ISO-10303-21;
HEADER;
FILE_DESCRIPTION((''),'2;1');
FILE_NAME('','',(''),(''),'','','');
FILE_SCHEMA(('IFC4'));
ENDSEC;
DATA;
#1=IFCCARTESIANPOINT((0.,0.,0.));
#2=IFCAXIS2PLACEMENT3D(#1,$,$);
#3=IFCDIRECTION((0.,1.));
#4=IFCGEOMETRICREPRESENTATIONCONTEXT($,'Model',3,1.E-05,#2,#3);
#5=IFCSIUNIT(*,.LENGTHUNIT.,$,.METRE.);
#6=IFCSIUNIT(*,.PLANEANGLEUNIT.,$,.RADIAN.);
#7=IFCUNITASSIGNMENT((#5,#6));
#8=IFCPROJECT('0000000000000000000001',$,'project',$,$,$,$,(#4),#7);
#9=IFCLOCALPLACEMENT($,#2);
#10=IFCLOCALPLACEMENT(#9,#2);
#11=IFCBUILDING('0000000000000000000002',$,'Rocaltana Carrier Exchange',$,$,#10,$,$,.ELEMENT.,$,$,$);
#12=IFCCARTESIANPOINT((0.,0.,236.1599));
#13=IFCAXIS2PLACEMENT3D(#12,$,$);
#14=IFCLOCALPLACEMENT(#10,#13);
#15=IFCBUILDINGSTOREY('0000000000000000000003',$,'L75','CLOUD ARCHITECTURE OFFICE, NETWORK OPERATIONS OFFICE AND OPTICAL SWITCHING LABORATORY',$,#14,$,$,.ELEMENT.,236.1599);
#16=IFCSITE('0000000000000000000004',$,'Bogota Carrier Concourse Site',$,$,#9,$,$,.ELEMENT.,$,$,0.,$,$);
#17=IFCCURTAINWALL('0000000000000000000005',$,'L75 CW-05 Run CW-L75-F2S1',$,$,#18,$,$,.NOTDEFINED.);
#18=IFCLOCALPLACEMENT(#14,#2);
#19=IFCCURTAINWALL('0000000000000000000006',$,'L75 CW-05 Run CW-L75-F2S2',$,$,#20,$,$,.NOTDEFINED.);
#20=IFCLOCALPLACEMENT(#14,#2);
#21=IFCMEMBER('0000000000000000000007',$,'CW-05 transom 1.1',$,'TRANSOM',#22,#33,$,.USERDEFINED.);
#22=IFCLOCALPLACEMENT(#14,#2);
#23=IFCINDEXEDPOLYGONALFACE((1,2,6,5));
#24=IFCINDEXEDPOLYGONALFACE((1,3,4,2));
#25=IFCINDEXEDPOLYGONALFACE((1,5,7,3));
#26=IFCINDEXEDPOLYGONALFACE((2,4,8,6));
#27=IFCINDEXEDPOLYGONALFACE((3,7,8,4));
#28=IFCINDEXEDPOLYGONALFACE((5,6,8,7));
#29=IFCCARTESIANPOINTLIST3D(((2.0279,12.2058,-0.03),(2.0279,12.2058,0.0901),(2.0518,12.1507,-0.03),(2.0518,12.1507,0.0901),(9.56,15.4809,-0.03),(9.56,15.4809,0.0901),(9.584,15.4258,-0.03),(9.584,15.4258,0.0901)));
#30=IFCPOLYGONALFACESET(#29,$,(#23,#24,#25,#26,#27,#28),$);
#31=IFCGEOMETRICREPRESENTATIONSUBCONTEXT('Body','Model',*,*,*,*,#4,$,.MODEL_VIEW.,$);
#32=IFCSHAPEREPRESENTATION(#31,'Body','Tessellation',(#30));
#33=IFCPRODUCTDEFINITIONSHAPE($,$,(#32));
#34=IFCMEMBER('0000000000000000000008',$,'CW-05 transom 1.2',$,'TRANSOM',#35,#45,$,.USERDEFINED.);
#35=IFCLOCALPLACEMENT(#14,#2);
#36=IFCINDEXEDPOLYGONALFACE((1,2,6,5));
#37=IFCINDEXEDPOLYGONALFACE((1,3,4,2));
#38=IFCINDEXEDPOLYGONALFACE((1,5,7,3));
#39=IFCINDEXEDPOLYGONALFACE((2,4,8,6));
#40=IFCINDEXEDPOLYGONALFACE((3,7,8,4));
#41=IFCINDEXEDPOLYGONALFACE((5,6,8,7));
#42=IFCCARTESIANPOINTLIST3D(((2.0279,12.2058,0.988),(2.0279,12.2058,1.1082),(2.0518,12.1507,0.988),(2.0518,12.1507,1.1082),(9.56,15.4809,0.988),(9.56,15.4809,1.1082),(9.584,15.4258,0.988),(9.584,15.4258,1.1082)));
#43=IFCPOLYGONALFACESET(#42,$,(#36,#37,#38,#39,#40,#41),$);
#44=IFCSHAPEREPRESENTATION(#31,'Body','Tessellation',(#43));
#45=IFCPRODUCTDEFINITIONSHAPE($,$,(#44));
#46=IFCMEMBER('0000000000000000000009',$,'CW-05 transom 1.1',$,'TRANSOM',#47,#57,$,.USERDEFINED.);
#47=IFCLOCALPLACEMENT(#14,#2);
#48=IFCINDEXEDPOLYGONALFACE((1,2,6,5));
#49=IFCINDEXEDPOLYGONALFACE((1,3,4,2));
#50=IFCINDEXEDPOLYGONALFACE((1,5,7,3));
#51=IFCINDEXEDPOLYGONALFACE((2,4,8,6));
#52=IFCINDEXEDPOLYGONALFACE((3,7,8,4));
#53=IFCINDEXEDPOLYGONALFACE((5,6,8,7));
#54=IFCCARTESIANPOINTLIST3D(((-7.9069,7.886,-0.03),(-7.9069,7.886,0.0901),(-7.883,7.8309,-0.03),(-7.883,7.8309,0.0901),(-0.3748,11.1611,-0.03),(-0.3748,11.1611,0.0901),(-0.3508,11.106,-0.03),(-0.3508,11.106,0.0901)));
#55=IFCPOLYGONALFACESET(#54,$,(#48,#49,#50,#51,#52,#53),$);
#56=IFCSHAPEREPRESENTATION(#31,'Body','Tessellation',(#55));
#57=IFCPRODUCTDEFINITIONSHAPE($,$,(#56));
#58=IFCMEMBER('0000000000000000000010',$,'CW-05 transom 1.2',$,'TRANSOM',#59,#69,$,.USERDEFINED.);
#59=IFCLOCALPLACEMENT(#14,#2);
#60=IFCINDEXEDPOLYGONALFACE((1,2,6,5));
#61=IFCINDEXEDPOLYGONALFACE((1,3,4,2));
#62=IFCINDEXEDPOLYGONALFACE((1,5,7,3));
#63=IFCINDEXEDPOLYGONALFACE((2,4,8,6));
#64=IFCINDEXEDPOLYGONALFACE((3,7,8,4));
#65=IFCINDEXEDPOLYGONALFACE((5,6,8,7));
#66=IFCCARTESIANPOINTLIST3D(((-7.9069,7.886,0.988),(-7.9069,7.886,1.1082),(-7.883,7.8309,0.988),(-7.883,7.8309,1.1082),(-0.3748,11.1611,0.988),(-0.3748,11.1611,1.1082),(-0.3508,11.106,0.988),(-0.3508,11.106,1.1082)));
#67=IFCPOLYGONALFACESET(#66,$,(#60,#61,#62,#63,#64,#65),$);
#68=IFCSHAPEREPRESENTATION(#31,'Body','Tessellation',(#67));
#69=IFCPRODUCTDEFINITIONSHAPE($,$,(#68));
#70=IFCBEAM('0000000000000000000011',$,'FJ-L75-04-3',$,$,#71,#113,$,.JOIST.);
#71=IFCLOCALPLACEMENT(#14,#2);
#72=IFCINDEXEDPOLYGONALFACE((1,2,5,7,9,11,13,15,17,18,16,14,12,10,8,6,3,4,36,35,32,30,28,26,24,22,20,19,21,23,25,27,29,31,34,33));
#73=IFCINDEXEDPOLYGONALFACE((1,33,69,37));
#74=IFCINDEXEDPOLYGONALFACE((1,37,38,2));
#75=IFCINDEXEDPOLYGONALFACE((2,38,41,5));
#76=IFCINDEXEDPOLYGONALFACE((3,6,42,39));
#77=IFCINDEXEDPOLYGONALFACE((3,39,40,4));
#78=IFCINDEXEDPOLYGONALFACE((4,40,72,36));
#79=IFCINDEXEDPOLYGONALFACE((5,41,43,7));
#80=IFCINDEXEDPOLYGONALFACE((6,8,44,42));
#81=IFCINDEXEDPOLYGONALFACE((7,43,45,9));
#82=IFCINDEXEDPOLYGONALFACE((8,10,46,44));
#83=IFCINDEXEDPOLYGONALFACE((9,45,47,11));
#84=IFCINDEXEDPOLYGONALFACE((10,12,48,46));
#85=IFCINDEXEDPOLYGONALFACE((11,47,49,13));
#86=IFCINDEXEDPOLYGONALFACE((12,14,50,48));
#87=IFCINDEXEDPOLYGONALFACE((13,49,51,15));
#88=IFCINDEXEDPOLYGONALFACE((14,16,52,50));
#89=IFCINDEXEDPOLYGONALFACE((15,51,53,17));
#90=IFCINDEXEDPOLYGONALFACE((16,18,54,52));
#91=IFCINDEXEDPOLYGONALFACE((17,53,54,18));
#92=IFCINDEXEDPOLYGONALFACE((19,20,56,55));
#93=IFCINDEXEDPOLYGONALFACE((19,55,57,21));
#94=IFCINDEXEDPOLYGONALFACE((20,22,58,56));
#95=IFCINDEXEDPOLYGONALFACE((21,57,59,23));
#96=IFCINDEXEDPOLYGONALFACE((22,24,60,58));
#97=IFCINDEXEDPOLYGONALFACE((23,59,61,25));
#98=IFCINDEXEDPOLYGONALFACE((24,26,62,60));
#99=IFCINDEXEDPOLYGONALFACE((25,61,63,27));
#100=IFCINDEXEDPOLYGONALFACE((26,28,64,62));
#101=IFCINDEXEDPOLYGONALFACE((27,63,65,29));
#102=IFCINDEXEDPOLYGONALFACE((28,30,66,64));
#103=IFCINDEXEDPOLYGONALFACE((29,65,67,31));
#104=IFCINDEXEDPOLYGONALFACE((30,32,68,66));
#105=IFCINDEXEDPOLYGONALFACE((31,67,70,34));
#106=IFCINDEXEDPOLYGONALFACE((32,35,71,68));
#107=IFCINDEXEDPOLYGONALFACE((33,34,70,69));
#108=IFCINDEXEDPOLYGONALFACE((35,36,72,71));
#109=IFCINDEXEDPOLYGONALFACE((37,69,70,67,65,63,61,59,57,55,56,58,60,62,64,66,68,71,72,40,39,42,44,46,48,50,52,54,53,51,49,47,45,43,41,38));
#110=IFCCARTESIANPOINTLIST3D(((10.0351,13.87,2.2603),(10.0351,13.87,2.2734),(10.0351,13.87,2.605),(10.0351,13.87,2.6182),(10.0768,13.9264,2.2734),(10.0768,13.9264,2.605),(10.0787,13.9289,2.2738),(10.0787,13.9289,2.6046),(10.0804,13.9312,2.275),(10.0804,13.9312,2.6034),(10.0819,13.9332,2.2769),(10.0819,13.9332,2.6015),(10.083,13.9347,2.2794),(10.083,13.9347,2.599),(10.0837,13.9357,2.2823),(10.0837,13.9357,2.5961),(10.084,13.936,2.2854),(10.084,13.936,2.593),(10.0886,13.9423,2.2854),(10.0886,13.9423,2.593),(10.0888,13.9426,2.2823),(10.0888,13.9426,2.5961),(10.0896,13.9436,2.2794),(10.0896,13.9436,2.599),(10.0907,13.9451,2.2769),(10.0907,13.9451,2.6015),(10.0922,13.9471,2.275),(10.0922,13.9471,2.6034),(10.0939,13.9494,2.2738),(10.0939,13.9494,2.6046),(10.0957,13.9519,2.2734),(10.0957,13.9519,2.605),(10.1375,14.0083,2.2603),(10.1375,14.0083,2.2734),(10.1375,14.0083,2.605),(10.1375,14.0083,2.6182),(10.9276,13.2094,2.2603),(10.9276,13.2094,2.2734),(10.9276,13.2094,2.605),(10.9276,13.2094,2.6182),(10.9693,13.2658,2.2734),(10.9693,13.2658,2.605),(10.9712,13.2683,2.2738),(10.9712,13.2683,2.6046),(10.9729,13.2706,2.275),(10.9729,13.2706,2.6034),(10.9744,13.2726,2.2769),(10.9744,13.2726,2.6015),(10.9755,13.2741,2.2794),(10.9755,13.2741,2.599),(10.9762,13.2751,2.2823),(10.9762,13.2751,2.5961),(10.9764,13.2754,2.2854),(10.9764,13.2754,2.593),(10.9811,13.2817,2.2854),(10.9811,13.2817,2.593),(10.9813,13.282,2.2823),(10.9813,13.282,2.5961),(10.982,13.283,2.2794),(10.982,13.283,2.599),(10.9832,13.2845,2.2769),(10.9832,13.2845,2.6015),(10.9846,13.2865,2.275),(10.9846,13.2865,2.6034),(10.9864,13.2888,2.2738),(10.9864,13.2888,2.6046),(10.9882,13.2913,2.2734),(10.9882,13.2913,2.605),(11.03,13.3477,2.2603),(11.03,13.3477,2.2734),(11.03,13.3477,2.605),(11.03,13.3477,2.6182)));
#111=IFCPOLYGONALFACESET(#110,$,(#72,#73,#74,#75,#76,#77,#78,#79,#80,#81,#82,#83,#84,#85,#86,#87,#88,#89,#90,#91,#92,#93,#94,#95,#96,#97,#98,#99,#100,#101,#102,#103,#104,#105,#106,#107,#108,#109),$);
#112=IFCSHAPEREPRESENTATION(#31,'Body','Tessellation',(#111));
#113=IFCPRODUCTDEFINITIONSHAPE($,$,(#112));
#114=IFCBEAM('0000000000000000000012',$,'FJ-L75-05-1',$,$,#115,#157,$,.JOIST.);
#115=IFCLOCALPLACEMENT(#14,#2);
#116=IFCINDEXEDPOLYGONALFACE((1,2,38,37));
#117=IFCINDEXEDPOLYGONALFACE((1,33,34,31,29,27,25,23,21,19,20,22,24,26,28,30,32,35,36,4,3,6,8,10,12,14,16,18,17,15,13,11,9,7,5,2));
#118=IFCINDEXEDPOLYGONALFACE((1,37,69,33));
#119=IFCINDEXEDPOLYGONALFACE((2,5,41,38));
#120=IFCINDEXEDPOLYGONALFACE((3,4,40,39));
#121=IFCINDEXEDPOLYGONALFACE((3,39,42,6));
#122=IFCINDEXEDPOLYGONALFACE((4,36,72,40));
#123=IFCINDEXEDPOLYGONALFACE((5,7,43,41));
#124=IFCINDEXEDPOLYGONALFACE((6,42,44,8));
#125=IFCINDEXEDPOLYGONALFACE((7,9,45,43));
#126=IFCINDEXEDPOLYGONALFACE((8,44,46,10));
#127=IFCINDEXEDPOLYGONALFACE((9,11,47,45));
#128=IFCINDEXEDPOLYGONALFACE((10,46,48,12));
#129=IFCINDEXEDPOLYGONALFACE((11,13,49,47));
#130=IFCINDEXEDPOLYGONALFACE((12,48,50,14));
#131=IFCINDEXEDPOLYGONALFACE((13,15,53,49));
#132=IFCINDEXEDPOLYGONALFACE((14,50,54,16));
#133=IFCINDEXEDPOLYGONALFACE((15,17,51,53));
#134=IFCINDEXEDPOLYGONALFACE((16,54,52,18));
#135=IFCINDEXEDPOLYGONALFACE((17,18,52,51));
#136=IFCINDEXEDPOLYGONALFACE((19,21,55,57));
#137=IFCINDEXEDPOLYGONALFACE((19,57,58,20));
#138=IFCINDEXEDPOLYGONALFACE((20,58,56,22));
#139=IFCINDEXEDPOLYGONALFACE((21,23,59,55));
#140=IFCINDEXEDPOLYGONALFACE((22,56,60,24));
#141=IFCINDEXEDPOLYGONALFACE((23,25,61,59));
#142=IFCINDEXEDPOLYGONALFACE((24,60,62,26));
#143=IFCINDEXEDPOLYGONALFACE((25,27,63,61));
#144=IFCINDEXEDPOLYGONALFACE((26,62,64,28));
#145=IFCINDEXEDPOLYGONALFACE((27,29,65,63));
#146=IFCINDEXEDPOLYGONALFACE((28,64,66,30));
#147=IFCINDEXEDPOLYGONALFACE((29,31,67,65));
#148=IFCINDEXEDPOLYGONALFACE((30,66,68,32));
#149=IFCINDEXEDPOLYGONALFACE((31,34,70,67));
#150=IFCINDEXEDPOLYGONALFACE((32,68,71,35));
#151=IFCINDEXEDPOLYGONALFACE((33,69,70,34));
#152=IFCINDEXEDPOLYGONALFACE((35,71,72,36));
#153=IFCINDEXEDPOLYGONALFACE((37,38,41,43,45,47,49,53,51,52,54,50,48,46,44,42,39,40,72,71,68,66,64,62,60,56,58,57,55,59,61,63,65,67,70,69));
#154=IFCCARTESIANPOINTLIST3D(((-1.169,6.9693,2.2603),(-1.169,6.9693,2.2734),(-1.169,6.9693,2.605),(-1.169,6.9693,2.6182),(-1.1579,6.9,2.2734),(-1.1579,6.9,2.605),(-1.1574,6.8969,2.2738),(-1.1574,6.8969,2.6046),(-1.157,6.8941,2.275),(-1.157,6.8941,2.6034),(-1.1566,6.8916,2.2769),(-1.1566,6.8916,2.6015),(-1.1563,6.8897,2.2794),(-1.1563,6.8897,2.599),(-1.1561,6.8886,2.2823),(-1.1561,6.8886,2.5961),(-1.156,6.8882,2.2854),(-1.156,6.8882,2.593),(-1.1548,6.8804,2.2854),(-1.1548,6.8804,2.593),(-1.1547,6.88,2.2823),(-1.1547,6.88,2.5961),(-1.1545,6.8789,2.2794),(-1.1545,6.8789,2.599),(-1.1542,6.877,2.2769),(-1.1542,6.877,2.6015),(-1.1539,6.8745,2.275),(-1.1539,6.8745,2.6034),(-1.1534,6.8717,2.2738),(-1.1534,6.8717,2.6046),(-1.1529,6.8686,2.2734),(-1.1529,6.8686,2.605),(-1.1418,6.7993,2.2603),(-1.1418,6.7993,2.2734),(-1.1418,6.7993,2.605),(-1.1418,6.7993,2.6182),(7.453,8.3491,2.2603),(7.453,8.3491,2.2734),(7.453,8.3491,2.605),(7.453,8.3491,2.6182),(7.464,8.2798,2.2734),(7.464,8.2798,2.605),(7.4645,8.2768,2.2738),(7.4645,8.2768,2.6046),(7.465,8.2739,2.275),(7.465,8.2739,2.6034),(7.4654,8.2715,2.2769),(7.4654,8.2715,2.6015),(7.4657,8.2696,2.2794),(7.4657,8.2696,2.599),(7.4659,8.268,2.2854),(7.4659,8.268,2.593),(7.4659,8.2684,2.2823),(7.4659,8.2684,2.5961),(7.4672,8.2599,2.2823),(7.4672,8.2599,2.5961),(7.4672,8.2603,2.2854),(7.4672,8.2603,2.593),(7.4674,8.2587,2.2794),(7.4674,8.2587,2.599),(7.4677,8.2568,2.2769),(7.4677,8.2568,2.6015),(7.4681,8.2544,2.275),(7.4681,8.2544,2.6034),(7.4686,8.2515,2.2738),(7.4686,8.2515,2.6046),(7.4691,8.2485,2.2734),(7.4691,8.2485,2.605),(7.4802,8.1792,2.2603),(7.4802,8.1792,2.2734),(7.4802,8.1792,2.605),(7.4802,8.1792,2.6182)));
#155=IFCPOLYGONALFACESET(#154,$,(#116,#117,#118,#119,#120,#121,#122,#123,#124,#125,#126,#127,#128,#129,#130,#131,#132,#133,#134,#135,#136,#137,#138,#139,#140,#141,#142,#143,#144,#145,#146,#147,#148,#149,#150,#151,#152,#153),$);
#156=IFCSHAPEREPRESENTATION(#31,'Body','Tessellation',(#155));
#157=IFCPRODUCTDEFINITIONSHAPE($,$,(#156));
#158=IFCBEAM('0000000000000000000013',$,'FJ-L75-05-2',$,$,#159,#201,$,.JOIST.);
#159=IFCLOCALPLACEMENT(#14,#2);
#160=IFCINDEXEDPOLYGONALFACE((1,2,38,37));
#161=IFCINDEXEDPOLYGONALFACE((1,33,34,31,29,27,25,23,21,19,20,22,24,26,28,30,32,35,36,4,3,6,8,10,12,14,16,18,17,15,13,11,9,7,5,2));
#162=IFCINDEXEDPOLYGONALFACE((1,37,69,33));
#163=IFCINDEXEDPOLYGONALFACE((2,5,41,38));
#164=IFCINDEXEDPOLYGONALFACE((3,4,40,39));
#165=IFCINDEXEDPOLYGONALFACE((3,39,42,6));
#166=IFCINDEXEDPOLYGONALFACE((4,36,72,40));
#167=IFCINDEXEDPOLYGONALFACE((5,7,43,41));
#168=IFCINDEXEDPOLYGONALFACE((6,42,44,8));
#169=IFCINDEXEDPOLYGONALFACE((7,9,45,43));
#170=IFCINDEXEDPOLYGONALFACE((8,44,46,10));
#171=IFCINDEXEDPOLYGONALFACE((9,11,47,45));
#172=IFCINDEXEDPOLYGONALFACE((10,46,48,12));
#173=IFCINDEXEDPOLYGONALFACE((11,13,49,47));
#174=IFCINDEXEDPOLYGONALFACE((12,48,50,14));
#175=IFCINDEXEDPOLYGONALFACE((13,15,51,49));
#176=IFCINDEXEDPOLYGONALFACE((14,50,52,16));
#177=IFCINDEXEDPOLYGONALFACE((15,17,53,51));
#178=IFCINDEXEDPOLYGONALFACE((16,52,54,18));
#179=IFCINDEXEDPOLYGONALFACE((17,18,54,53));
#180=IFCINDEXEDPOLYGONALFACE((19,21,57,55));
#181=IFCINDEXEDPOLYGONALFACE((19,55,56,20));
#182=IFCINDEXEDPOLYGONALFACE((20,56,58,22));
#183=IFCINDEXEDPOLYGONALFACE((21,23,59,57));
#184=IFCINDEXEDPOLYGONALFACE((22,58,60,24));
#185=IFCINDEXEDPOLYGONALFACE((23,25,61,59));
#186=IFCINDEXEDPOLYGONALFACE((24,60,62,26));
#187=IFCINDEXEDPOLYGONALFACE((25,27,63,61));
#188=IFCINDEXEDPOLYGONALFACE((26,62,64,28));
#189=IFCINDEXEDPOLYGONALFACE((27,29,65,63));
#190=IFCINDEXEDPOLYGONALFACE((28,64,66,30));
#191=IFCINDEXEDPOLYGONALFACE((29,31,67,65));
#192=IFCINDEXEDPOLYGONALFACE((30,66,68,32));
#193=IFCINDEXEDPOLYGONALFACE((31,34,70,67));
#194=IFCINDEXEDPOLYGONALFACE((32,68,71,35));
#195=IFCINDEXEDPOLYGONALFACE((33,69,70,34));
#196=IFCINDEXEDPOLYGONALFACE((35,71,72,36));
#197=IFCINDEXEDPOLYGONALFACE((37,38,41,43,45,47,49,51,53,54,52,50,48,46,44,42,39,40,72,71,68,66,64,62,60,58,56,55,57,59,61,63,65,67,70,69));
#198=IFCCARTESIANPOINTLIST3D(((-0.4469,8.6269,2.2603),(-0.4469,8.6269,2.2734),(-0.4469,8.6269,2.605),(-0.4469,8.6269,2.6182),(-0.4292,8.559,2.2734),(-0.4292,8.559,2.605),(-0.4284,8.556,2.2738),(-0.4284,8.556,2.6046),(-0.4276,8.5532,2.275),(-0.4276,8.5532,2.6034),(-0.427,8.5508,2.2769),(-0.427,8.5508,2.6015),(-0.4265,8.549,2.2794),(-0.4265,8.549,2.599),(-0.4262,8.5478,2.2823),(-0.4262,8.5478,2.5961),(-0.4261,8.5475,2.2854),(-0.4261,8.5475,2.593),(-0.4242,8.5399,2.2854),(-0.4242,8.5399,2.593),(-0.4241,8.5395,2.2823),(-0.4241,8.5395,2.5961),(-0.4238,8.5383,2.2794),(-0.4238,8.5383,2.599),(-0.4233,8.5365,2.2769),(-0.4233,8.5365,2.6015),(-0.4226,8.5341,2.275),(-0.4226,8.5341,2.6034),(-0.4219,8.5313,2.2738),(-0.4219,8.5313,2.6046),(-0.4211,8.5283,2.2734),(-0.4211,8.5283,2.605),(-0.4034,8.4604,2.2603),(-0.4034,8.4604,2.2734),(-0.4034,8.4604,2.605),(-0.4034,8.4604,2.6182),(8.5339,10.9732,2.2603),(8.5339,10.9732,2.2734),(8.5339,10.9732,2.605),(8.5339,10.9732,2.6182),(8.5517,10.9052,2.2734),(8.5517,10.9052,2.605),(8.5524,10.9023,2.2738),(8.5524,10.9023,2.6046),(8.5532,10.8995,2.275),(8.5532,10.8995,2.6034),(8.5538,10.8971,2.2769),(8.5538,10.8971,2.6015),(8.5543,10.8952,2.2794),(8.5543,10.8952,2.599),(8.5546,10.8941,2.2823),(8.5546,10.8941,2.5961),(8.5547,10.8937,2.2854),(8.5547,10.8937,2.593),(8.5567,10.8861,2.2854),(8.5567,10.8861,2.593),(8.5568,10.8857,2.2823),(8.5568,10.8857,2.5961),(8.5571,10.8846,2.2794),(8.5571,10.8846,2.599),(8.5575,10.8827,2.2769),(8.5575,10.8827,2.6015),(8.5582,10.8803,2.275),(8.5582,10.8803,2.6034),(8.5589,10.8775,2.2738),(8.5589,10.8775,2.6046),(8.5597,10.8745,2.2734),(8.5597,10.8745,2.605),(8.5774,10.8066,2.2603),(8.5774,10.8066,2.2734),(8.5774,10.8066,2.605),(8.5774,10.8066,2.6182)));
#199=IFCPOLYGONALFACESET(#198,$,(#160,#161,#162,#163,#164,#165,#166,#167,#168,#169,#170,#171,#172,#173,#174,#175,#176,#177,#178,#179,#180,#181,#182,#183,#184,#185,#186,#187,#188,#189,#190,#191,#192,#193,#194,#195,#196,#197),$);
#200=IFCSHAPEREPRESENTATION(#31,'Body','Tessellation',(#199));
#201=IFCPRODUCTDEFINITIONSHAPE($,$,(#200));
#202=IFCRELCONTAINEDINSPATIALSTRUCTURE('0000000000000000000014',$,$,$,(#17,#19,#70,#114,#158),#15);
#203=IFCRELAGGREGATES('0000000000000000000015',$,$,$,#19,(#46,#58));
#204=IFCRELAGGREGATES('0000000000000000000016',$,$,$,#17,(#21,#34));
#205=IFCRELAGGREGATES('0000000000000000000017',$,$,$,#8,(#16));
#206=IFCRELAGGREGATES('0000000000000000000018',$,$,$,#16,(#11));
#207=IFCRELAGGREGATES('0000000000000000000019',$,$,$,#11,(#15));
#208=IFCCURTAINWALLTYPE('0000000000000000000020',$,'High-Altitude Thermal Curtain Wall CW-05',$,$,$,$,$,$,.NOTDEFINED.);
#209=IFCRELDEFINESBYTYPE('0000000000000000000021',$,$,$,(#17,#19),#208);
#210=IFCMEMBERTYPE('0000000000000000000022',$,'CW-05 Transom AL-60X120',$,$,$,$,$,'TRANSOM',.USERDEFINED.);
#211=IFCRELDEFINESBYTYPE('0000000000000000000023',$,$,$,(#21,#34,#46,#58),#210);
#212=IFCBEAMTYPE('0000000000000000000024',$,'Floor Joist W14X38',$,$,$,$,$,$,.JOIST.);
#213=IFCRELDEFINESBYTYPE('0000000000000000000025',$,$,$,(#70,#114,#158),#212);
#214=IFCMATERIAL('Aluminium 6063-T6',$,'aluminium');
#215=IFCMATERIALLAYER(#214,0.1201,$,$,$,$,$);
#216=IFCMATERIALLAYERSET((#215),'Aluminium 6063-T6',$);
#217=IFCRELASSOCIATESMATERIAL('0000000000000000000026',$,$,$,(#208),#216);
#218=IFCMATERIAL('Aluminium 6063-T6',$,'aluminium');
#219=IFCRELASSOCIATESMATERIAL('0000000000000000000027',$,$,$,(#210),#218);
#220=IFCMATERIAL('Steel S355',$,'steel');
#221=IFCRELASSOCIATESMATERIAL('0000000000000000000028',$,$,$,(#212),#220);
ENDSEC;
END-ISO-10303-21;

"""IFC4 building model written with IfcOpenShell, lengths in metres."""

from ifc_helpers import new_model, si_unit, direction, frame, origin, origin_2d, place, context, subcontext, project, spatial, rectangle, i_section, extrude, material, layer, layer_set, material_profile, profile_set, type_object, element, aggregate, save


model = new_model("IFC4")

# Units and contexts
model_context = context("Model", 3, precision=1e-05, world=origin(), true_north=direction((0.0, 1.0)))
body_context = subcontext(model_context, "Body", "Model", "MODEL_VIEW")
ifc_project = project(units=[si_unit("LENGTHUNIT", "METRE"), si_unit("PLANEANGLEUNIT", "RADIAN")], contexts=[model_context])

# Site, building, storey
site_placement = place(None, origin())
site = spatial("IfcSite", under=ifc_project, at=site_placement, Name="Bogota Carrier Concourse Site", CompositionType="ELEMENT", RefElevation=0.0)
building_placement = place(site_placement, origin())
building = spatial("IfcBuilding", under=site, at=building_placement, Name="Rocaltana Carrier Exchange", CompositionType="ELEMENT")
storey_placement = place(building_placement, frame((0.0, 0.0, 236.1599)))
storey = spatial("IfcBuildingStorey", under=building, at=storey_placement, Name="L75", Description="CLOUD ARCHITECTURE OFFICE, NETWORK OPERATIONS OFFICE AND OPTICAL SWITCHING LABORATORY", CompositionType="ELEMENT", Elevation=236.1599)

# Shared definitions
ifc_material_1 = material(Name="Aluminium 6063-T6", Category="aluminium")
ifc_layer_1 = layer(ifc_material_1, 0.1201)
ifc_layer_set_1 = layer_set([ifc_layer_1], Name="Aluminium 6063-T6")
curtain_wall_type = type_object("IfcCurtainWallType", Name="High-Altitude Thermal Curtain Wall CW-05", PredefinedType="NOTDEFINED", material=ifc_layer_set_1)

# Curtain wall
curtain_wall_1_placement = place(storey_placement, origin())
curtain_wall_1 = element("IfcCurtainWall", 1, at=curtain_wall_1_placement, inside=storey, type_object=curtain_wall_type, Name="L75 CW-05 Run CW-L75-F2S1", PredefinedType="NOTDEFINED")

# Curtain wall
curtain_wall_2_placement = place(storey_placement, origin())
curtain_wall_2 = element("IfcCurtainWall", 2, at=curtain_wall_2_placement, inside=storey, type_object=curtain_wall_type, Name="L75 CW-05 Run CW-L75-F2S2", PredefinedType="NOTDEFINED")

# Members
ifc_material_2 = material(Name="Aluminium 6063-T6", Category="aluminium")
ifc_material_profile_1 = material_profile(ifc_material_2, rectangle(XDim=0.0601, YDim=0.1201, at=origin_2d()), Name="AL-60X120")
ifc_profile_set_1 = profile_set([ifc_material_profile_1], Name="Aluminium 6063-T6")
member_type_1 = type_object("IfcMemberType", Name="CW-05 Transom AL-60X120", ElementType="TRANSOM", PredefinedType="USERDEFINED", material=ifc_profile_set_1)
member_1_placement = place(storey_placement, frame((9.572, 15.4534, 0.03), z_axis=(-0.917058, -0.398753, 0.0), x_axis=(0.398753, -0.917058, 0.0)))
member_1 = element("IfcMember", 3, at=member_1_placement, type_object=member_type_1, Name="CW-05 transom 1.1", ObjectType="TRANSOM", PredefinedType="USERDEFINED", context=body_context, shape_type="SweptSolid", body=[
    extrude(rectangle(XDim=0.0601, YDim=0.1201, at=origin_2d()), origin(), (0.0, 0.0, 1.0), 8.2134),
])
member_2_placement = place(storey_placement, frame((9.572, 15.4534, 1.0481), z_axis=(-0.917058, -0.398753, 0.0), x_axis=(0.398753, -0.917058, 0.0)))
member_2 = element("IfcMember", 4, at=member_2_placement, type_object=member_type_1, Name="CW-05 transom 1.2", ObjectType="TRANSOM", PredefinedType="USERDEFINED", context=body_context, shape_type="SweptSolid", body=[
    extrude(rectangle(XDim=0.0601, YDim=0.1201, at=origin_2d()), origin(), (0.0, 0.0, 1.0), 8.2134),
])
member_3_placement = place(storey_placement, frame((-0.3628, 11.1335, 0.03), z_axis=(-0.917058, -0.398753, 0.0), x_axis=(0.398753, -0.917058, 0.0)))
member_3 = element("IfcMember", 5, at=member_3_placement, type_object=member_type_1, Name="CW-05 transom 1.1", ObjectType="TRANSOM", PredefinedType="USERDEFINED", context=body_context, shape_type="SweptSolid", body=[
    extrude(rectangle(XDim=0.0601, YDim=0.1201, at=origin_2d()), origin(), (0.0, 0.0, 1.0), 8.2134),
])
member_4_placement = place(storey_placement, frame((-0.3628, 11.1335, 1.0481), z_axis=(-0.917058, -0.398753, 0.0), x_axis=(0.398753, -0.917058, 0.0)))
member_4 = element("IfcMember", 6, at=member_4_placement, type_object=member_type_1, Name="CW-05 transom 1.2", ObjectType="TRANSOM", PredefinedType="USERDEFINED", context=body_context, shape_type="SweptSolid", body=[
    extrude(rectangle(XDim=0.0601, YDim=0.1201, at=origin_2d()), origin(), (0.0, 0.0, 1.0), 8.2134),
])
aggregate(curtain_wall_2, [member_3, member_4])

# Beams
ifc_material_3 = material(Name="Steel S355", Category="steel")
ifc_material_profile_2 = material_profile(ifc_material_3, i_section(OverallWidth=0.1721, OverallDepth=0.3579, WebThickness=0.0078, FlangeThickness=0.0132, FilletRadius=0.012, at=origin_2d()), Name="W14X38")
ifc_profile_set_2 = profile_set([ifc_material_profile_2], Name="Steel S355")
beam_type_1 = type_object("IfcBeamType", Name="Floor Joist W14X38", PredefinedType="JOIST", material=ifc_profile_set_2)
beam_1_placement = place(storey_placement, frame((10.9788, 13.2786, 2.4392), z_axis=(-0.803783, 0.594923, 0.0), x_axis=(-0.594923, -0.803783, 0.0)))
element("IfcBeam", 7, at=beam_1_placement, inside=storey, type_object=beam_type_1, Name="FJ-L75-04-3", PredefinedType="JOIST", context=body_context, shape_type="SweptSolid", body=[
    extrude(i_section(OverallWidth=0.1721, OverallDepth=0.3579, WebThickness=0.0078, FlangeThickness=0.0132, FilletRadius=0.012, at=origin_2d()), origin(), (0.0, 0.0, 1.0), 1.1104),
])
beam_2_placement = place(storey_placement, frame((7.4666, 8.2642, 2.4392), z_axis=(-0.987434, -0.15803, 0.0), x_axis=(0.15803, -0.987434, 0.0)))
element("IfcBeam", 8, at=beam_2_placement, inside=storey, type_object=beam_type_1, Name="FJ-L75-05-1", PredefinedType="JOIST", context=body_context, shape_type="SweptSolid", body=[
    extrude(i_section(OverallWidth=0.1721, OverallDepth=0.3579, WebThickness=0.0078, FlangeThickness=0.0132, FilletRadius=0.012, at=origin_2d()), origin(), (0.0, 0.0, 1.0), 8.7317),
])
beam_3_placement = place(storey_placement, frame((8.5557, 10.8899, 2.4392), z_axis=(-0.967528, -0.252765, 0.0), x_axis=(0.252765, -0.967528, 0.0)))
element("IfcBeam", 9, at=beam_3_placement, inside=storey, type_object=beam_type_1, Name="FJ-L75-05-2", PredefinedType="JOIST", context=body_context, shape_type="SweptSolid", body=[
    extrude(i_section(OverallWidth=0.1721, OverallDepth=0.3579, WebThickness=0.0078, FlangeThickness=0.0132, FilletRadius=0.012, at=origin_2d()), origin(), (0.0, 0.0, 1.0), 9.2822),
])

aggregate(curtain_wall_1, [member_1, member_2])

save(model, "model.ifc")
